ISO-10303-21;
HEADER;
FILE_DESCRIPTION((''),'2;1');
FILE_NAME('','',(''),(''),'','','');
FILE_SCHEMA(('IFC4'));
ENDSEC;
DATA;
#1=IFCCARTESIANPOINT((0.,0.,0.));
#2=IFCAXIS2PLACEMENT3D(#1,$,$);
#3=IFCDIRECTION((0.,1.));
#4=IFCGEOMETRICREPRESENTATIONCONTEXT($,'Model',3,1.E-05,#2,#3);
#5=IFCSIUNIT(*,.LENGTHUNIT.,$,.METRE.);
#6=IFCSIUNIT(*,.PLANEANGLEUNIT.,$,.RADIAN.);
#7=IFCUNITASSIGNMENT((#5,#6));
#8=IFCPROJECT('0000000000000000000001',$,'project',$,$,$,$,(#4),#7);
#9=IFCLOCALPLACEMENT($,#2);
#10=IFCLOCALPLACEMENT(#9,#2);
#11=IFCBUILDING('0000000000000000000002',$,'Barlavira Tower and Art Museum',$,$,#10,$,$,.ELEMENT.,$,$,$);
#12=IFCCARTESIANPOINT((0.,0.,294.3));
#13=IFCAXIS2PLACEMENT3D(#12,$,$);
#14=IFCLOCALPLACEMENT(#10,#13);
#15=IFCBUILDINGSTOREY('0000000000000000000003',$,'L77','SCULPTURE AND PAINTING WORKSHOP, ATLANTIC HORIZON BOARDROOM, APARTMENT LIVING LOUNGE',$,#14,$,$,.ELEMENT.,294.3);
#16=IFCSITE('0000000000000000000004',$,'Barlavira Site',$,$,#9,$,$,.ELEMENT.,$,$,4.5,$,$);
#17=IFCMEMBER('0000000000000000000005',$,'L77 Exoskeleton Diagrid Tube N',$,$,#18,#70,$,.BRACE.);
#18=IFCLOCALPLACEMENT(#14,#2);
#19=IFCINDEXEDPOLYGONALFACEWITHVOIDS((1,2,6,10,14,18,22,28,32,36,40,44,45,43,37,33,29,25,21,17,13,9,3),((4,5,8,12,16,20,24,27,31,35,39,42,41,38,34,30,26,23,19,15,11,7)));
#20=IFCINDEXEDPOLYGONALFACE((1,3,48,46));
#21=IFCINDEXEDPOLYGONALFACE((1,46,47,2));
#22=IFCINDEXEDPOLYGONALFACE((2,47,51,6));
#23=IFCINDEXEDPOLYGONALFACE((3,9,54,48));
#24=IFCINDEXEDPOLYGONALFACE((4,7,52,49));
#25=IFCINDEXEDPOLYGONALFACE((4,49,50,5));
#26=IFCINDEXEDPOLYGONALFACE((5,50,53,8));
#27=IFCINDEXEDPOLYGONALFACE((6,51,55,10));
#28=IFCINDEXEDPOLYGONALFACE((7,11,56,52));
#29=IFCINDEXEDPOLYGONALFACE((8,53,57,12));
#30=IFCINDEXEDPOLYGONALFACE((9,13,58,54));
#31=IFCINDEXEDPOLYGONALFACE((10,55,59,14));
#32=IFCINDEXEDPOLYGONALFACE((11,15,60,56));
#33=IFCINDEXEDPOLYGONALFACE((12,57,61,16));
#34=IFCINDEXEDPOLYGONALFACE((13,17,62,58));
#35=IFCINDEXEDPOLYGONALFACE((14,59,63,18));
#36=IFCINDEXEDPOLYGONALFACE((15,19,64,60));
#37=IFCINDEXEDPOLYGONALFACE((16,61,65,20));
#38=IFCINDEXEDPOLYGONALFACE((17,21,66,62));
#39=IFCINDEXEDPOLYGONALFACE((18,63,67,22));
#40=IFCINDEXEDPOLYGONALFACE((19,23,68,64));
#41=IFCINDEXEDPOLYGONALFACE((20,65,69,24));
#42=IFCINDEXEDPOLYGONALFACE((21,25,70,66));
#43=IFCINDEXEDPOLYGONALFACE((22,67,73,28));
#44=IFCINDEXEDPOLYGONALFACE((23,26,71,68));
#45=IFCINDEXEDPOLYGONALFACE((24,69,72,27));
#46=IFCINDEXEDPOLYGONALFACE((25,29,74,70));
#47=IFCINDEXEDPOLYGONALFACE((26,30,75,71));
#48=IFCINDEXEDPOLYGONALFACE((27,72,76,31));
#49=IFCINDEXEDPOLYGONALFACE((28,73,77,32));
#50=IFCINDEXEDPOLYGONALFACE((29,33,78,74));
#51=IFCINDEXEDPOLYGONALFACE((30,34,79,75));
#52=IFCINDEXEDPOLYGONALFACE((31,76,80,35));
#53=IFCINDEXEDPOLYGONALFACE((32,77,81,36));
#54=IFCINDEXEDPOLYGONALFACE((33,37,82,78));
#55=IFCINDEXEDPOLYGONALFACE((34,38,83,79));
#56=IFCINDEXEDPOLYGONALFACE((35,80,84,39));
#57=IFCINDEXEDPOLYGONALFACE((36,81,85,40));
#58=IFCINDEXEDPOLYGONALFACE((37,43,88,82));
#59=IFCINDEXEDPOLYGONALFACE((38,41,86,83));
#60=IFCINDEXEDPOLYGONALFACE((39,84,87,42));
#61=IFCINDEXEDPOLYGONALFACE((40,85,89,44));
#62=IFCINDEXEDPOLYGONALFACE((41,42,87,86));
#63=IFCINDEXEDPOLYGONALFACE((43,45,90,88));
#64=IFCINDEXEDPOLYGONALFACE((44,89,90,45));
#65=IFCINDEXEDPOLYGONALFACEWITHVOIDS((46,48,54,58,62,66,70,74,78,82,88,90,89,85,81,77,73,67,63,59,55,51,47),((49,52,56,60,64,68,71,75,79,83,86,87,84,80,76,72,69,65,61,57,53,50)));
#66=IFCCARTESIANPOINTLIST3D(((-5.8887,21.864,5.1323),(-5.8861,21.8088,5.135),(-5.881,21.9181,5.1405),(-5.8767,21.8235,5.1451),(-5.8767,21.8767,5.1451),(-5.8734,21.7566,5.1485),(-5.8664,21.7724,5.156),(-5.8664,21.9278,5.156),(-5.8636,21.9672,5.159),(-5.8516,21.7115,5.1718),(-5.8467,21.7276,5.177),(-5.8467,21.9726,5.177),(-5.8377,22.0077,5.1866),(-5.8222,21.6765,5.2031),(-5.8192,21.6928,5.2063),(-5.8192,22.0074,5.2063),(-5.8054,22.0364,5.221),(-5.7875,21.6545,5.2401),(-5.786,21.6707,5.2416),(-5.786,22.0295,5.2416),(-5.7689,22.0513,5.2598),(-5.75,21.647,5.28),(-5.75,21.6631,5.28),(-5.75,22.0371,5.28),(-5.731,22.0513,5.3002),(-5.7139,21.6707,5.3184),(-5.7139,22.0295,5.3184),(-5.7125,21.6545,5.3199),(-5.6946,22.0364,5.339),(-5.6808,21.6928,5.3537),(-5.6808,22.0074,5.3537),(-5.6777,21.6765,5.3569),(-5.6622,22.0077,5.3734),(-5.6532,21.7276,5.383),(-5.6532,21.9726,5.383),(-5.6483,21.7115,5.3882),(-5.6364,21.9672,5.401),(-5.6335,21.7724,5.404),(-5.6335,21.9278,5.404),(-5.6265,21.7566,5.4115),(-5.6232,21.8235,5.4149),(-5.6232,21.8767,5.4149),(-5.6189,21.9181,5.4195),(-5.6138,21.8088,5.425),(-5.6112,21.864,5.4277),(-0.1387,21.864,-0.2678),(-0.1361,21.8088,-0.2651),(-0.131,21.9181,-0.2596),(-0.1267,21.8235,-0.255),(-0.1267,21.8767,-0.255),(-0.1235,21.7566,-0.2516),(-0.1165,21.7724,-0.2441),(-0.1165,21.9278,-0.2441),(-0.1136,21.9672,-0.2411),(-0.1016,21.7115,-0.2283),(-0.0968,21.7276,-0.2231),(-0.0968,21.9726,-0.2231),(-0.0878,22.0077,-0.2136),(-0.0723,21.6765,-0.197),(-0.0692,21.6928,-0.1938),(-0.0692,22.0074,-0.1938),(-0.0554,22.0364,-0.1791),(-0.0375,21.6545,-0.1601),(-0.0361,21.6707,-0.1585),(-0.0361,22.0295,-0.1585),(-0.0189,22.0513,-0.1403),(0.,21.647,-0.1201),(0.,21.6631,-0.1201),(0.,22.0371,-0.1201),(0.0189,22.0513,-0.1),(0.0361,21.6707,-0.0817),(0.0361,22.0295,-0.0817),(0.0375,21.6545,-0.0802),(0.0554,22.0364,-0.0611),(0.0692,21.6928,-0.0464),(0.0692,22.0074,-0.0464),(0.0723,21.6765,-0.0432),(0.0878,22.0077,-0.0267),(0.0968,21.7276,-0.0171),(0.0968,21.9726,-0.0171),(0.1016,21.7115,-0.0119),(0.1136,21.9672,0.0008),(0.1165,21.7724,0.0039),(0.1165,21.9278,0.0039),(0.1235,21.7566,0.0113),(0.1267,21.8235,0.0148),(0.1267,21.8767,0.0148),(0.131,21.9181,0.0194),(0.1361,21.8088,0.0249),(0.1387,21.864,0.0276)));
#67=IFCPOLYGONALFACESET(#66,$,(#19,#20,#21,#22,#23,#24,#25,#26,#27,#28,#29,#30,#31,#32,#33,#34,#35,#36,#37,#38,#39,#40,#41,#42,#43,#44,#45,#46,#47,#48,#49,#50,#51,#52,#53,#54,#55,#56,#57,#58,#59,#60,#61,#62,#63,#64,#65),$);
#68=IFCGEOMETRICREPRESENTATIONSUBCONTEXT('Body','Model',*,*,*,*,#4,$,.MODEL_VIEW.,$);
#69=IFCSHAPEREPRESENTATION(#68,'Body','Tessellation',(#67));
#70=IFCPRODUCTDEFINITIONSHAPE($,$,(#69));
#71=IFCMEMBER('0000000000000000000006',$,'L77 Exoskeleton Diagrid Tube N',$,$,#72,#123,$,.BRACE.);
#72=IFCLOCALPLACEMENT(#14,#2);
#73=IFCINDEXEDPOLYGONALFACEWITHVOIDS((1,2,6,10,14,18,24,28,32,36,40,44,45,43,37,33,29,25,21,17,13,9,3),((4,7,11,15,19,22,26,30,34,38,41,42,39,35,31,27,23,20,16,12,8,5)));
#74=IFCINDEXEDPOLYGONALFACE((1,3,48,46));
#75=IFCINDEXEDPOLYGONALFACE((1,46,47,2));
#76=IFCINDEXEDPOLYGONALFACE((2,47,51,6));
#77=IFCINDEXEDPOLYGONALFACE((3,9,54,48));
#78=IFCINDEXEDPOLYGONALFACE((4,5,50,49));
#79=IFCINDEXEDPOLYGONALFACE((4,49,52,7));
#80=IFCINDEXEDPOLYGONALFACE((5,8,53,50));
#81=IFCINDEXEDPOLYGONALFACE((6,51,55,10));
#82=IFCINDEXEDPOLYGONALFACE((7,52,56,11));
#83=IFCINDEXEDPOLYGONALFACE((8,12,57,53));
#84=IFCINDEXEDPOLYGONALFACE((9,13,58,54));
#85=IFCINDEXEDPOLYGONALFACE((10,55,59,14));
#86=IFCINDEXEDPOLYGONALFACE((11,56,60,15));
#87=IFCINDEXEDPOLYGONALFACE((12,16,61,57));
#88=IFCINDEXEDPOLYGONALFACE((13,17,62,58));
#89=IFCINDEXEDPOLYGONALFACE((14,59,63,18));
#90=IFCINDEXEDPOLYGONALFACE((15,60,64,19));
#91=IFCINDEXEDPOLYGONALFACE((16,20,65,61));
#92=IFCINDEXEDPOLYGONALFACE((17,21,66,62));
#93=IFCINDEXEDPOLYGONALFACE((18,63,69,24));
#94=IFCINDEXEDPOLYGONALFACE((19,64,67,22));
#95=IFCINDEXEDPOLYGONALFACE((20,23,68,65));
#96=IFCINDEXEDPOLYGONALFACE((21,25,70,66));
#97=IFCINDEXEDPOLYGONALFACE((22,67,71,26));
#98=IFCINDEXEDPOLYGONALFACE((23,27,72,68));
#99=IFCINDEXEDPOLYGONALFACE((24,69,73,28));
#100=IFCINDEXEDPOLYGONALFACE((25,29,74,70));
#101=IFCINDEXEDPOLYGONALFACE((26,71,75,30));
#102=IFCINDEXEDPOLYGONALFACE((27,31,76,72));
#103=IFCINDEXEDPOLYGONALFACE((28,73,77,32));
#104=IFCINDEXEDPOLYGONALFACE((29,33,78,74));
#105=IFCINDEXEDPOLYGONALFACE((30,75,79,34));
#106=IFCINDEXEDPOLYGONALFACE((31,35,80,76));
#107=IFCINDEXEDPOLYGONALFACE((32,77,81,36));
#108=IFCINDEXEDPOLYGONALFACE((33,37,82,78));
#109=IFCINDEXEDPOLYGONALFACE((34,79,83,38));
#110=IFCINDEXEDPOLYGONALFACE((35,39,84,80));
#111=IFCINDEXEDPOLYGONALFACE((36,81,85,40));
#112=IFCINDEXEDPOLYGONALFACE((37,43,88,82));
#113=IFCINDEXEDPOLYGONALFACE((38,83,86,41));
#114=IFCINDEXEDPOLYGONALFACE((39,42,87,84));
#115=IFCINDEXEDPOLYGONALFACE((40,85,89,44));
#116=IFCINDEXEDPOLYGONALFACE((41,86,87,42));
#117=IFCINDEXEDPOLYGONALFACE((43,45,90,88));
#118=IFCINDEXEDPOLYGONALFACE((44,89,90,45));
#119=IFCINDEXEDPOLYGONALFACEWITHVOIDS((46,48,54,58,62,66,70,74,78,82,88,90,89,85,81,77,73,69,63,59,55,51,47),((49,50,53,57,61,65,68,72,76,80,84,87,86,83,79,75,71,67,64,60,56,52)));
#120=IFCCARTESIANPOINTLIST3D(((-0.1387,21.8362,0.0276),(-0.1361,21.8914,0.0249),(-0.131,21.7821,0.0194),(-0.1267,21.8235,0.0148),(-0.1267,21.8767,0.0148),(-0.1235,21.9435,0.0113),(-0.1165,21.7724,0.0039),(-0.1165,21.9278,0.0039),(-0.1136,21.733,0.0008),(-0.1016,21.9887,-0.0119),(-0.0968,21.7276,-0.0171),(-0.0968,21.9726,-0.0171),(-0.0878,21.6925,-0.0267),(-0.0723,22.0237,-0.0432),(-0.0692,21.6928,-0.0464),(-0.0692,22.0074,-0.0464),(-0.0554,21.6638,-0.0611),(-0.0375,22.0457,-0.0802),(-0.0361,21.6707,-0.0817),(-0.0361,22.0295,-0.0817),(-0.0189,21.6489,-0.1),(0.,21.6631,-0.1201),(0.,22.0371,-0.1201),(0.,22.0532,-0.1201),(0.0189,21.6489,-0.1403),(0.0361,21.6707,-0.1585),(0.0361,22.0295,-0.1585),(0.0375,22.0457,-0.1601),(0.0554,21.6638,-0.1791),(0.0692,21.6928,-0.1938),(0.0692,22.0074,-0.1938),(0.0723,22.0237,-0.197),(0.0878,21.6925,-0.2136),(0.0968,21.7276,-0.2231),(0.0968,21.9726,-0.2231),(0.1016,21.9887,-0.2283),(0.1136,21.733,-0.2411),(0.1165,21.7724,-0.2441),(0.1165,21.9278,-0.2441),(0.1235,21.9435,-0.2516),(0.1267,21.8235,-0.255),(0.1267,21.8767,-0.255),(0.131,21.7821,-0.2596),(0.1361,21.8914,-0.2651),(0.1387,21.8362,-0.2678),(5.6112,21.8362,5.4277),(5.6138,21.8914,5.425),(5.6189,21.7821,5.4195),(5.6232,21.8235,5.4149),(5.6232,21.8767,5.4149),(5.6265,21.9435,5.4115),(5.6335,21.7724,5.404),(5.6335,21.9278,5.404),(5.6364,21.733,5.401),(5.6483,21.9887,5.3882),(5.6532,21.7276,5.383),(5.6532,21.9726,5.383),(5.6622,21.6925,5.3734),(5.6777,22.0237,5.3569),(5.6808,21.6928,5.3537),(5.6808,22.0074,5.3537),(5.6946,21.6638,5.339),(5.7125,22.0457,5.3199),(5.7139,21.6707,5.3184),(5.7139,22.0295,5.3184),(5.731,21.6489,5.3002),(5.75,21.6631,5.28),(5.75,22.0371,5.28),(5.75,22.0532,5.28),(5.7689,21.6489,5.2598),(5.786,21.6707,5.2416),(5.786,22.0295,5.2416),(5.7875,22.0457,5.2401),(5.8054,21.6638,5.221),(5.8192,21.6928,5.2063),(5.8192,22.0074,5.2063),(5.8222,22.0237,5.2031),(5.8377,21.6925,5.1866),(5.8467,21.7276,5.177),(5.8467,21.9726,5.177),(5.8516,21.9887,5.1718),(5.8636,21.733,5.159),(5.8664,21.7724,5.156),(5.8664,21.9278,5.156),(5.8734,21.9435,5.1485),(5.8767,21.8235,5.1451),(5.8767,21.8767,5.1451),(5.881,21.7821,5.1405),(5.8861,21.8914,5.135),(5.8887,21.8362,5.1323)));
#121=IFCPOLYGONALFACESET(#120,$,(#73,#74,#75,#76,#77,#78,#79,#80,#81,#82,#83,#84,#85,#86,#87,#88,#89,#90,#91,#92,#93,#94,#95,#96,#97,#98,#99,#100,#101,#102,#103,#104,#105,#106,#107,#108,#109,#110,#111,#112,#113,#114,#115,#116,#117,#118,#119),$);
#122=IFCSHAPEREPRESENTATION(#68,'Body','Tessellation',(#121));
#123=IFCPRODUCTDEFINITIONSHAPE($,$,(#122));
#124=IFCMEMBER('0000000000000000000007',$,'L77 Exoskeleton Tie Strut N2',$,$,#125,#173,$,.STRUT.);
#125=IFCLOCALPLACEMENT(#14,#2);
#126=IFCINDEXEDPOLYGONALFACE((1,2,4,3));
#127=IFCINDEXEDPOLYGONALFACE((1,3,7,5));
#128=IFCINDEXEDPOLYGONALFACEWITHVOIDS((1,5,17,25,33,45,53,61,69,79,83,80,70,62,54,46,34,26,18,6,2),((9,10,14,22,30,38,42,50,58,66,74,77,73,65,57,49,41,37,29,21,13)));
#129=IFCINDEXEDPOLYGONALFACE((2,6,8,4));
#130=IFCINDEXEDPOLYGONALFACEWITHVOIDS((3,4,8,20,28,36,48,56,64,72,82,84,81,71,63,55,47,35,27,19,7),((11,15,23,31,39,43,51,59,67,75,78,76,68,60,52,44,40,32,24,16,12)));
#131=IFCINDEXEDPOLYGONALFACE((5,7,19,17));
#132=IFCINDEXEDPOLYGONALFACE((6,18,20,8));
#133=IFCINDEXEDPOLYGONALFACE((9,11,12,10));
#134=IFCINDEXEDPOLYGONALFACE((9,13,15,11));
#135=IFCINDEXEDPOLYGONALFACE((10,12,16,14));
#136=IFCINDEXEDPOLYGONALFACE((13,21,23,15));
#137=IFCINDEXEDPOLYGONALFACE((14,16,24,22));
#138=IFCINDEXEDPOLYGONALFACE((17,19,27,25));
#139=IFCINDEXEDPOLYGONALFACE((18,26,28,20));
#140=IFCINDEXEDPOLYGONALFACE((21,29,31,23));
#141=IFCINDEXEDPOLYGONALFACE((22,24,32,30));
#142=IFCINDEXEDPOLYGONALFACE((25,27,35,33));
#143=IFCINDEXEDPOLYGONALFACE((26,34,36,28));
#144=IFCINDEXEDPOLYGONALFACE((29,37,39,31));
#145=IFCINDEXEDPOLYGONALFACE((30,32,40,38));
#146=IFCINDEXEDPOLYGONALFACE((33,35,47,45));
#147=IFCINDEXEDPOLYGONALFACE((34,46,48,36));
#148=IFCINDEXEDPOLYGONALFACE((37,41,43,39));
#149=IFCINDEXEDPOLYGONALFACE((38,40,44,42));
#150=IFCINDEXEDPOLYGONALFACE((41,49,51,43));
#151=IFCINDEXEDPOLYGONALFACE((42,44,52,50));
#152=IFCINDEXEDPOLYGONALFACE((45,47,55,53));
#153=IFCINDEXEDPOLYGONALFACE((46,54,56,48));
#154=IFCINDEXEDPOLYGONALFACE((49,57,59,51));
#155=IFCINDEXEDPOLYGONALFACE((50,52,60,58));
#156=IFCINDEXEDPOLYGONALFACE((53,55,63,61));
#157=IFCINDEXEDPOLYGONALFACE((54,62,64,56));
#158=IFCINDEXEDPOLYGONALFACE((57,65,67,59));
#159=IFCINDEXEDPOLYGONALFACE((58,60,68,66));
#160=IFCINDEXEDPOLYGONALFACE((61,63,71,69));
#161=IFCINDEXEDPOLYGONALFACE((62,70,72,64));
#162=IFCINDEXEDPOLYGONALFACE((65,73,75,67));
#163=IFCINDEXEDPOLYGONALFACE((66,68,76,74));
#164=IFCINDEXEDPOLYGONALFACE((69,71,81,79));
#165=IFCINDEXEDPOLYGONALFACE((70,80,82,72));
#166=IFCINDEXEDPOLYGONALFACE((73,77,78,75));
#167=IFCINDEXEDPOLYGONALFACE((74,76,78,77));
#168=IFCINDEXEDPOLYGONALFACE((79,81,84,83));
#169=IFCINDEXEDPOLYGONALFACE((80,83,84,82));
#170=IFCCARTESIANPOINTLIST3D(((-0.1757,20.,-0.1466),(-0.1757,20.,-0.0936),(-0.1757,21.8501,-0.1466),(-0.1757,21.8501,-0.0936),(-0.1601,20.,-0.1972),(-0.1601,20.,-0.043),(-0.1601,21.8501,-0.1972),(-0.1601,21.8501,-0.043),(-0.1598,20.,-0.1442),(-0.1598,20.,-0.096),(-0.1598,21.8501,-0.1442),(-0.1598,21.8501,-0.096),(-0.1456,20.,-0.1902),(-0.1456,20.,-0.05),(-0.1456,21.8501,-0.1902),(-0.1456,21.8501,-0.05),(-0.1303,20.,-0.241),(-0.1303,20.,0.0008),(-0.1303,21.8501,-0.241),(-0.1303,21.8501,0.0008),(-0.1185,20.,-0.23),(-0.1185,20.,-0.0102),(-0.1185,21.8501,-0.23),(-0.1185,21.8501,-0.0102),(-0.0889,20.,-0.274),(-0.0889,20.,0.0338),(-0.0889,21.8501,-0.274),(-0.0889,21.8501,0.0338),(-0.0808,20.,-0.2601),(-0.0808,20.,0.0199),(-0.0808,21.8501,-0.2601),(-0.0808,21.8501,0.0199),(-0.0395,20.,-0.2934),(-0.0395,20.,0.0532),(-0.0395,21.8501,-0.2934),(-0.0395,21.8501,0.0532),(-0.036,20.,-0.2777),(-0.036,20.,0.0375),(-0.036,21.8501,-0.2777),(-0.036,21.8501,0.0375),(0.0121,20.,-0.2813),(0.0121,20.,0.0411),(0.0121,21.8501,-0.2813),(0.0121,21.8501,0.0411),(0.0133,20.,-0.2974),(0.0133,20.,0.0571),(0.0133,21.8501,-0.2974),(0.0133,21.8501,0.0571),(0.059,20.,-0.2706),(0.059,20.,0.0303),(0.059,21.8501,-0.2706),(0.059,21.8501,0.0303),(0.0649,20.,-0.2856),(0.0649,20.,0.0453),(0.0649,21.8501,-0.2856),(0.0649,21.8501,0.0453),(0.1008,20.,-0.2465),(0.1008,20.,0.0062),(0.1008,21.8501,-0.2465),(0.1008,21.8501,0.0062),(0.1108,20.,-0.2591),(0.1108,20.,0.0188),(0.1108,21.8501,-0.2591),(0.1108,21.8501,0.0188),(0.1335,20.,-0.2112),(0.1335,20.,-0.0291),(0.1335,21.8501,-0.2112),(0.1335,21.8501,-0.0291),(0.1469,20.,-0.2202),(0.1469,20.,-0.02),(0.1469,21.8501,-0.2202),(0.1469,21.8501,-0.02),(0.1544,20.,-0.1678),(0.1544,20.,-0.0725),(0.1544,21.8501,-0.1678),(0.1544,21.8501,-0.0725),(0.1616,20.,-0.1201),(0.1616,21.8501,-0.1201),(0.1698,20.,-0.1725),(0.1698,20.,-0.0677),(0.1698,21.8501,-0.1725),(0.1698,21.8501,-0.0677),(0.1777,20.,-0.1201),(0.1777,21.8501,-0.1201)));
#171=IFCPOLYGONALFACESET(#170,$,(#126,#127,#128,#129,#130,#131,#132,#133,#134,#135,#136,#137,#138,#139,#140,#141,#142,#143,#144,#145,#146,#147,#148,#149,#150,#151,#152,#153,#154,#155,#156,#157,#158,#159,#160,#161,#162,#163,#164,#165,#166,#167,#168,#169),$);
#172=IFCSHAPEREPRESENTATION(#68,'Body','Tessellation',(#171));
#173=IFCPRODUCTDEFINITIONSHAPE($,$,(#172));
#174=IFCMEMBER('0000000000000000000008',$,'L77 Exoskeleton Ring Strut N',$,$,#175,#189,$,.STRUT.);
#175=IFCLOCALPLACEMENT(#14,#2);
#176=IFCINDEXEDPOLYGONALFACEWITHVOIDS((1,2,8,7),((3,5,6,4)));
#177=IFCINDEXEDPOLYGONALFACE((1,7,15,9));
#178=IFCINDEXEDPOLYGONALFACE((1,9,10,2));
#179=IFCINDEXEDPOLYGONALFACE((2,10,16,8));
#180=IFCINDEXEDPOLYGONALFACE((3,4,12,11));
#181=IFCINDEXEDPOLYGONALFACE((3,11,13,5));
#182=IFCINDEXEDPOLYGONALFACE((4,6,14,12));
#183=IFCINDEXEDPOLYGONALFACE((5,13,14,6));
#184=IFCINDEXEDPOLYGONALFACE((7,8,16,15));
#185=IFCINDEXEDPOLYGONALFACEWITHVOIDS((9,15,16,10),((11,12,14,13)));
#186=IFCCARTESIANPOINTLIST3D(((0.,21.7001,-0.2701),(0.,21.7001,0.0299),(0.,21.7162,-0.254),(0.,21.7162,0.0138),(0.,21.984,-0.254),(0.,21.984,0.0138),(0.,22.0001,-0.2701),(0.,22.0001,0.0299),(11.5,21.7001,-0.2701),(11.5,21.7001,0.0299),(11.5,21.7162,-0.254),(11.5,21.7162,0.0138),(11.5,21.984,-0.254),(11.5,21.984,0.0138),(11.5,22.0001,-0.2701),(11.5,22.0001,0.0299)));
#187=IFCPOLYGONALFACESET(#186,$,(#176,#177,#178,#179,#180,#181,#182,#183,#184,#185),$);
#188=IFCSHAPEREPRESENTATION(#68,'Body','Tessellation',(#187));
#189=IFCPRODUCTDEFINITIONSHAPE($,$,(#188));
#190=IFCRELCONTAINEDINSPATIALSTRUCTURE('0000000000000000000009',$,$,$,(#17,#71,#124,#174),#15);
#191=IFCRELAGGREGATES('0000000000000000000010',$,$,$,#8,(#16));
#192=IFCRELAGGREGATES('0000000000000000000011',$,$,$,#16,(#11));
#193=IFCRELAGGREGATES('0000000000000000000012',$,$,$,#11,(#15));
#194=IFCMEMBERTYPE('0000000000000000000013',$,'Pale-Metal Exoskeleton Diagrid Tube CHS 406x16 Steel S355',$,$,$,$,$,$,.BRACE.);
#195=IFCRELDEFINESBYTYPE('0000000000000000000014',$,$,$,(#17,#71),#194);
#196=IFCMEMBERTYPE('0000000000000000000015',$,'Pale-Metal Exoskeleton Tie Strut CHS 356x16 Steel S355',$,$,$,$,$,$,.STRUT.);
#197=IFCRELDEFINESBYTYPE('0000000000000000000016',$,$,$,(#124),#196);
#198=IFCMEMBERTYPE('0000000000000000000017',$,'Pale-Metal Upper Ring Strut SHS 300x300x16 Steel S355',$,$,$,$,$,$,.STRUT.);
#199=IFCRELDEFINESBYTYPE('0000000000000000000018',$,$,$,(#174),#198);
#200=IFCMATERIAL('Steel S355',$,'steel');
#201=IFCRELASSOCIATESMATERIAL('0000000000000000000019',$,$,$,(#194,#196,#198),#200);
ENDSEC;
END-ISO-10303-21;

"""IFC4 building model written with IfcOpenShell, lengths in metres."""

from ifc_helpers import new_model, si_unit, direction, frame, origin, origin_2d, place, context, subcontext, project, spatial, hollow_rectangle, hollow_circle, extrude, material, material_profile, profile_set, type_object, element, save


model = new_model("IFC4")

# Units and contexts
model_context = context("Model", 3, precision=1e-05, world=origin(), true_north=direction((0.0, 1.0)))
body_context = subcontext(model_context, "Body", "Model", "MODEL_VIEW")
ifc_project = project(units=[si_unit("LENGTHUNIT", "METRE"), si_unit("PLANEANGLEUNIT", "RADIAN")], contexts=[model_context])

# Site, building, storey
site_placement = place(None, origin())
site = spatial("IfcSite", under=ifc_project, at=site_placement, Name="Barlavira Site", CompositionType="ELEMENT", RefElevation=4.5)
building_placement = place(site_placement, origin())
building = spatial("IfcBuilding", under=site, at=building_placement, Name="Barlavira Tower and Art Museum", CompositionType="ELEMENT")
storey_placement = place(building_placement, frame((0.0, 0.0, 294.3)))
storey = spatial("IfcBuildingStorey", under=building, at=storey_placement, Name="L77", Description="SCULPTURE AND PAINTING WORKSHOP, ATLANTIC HORIZON BOARDROOM, APARTMENT LIVING LOUNGE", CompositionType="ELEMENT", Elevation=294.3)

# Members
ifc_material_1 = material(Name="Steel S355", Category="steel")
ifc_material_profile_1 = material_profile(ifc_material_1, hollow_circle(Radius=0.2031, WallThickness=0.0161, at=origin_2d()), Name="CHS 406.4x16.0")
ifc_profile_set_1 = profile_set([ifc_material_profile_1], Name="Steel S355")
member_type_1 = type_object("IfcMemberType", Name="Pale-Metal Exoskeleton Diagrid Tube CHS 406x16 Steel S355", PredefinedType="BRACE", material=ifc_profile_set_1)
for number, where, z_axis, x_axis, name in (
    (1, (0.0, 21.8501, -0.1201), (-0.728935, 0.0, 0.684583), (0.0, -1.0, 0.0), "L77 Exoskeleton Diagrid Tube N"),
    (2, (0.0, 21.8501, -0.1201), (0.728935, 0.0, 0.684583), (0.0, 1.0, 0.0), "L77 Exoskeleton Diagrid Tube N"),
):
    element("IfcMember", number, at=place(storey_placement, frame(where, z_axis=z_axis, x_axis=x_axis)), inside=storey, type_object=member_type_1, Name=name, PredefinedType="BRACE", context=body_context, shape_type="SweptSolid", body=[
        extrude(hollow_circle(Radius=0.2031, WallThickness=0.0161, at=origin_2d()), origin(), (0.0, 0.0, 1.0), 7.8882),
    ])
ifc_material_profile_2 = material_profile(ifc_material_1, hollow_circle(Radius=0.1777, WallThickness=0.0161, at=origin_2d()), Name="CHS 355.6x16.0")
ifc_profile_set_2 = profile_set([ifc_material_profile_2], Name="Steel S355")
member_type_2 = type_object("IfcMemberType", Name="Pale-Metal Exoskeleton Tie Strut CHS 356x16 Steel S355", PredefinedType="STRUT", material=ifc_profile_set_2)
member_1_placement = place(storey_placement, frame((0.0, 21.8501, -0.1201), z_axis=(0.0, -1.0, 0.0), x_axis=(1.0, 0.0, 0.0)))
element("IfcMember", 3, at=member_1_placement, inside=storey, type_object=member_type_2, Name="L77 Exoskeleton Tie Strut N2", PredefinedType="STRUT", context=body_context, shape_type="SweptSolid", body=[
    extrude(hollow_circle(Radius=0.1777, WallThickness=0.0161, at=origin_2d()), origin(), (0.0, 0.0, 1.0), 1.8501),
])
ifc_material_profile_3 = material_profile(ifc_material_1, hollow_rectangle(XDim=0.3, YDim=0.3, WallThickness=0.0161, at=origin_2d()), Name="SHS 300x300x16.0")
ifc_profile_set_3 = profile_set([ifc_material_profile_3], Name="Steel S355")
member_type_3 = type_object("IfcMemberType", Name="Pale-Metal Upper Ring Strut SHS 300x300x16 Steel S355", PredefinedType="STRUT", material=ifc_profile_set_3)
member_2_placement = place(storey_placement, frame((0.0, 21.8501, -0.1201), z_axis=(1.0, 0.0, 0.0), x_axis=(0.0, 1.0, 0.0)))
element("IfcMember", 4, at=member_2_placement, inside=storey, type_object=member_type_3, Name="L77 Exoskeleton Ring Strut N", PredefinedType="STRUT", context=body_context, shape_type="SweptSolid", body=[
    extrude(hollow_rectangle(XDim=0.3, YDim=0.3, WallThickness=0.0161, at=origin_2d()), origin(), (0.0, 0.0, 1.0), 11.5),
])

save(model, "model.ifc")
